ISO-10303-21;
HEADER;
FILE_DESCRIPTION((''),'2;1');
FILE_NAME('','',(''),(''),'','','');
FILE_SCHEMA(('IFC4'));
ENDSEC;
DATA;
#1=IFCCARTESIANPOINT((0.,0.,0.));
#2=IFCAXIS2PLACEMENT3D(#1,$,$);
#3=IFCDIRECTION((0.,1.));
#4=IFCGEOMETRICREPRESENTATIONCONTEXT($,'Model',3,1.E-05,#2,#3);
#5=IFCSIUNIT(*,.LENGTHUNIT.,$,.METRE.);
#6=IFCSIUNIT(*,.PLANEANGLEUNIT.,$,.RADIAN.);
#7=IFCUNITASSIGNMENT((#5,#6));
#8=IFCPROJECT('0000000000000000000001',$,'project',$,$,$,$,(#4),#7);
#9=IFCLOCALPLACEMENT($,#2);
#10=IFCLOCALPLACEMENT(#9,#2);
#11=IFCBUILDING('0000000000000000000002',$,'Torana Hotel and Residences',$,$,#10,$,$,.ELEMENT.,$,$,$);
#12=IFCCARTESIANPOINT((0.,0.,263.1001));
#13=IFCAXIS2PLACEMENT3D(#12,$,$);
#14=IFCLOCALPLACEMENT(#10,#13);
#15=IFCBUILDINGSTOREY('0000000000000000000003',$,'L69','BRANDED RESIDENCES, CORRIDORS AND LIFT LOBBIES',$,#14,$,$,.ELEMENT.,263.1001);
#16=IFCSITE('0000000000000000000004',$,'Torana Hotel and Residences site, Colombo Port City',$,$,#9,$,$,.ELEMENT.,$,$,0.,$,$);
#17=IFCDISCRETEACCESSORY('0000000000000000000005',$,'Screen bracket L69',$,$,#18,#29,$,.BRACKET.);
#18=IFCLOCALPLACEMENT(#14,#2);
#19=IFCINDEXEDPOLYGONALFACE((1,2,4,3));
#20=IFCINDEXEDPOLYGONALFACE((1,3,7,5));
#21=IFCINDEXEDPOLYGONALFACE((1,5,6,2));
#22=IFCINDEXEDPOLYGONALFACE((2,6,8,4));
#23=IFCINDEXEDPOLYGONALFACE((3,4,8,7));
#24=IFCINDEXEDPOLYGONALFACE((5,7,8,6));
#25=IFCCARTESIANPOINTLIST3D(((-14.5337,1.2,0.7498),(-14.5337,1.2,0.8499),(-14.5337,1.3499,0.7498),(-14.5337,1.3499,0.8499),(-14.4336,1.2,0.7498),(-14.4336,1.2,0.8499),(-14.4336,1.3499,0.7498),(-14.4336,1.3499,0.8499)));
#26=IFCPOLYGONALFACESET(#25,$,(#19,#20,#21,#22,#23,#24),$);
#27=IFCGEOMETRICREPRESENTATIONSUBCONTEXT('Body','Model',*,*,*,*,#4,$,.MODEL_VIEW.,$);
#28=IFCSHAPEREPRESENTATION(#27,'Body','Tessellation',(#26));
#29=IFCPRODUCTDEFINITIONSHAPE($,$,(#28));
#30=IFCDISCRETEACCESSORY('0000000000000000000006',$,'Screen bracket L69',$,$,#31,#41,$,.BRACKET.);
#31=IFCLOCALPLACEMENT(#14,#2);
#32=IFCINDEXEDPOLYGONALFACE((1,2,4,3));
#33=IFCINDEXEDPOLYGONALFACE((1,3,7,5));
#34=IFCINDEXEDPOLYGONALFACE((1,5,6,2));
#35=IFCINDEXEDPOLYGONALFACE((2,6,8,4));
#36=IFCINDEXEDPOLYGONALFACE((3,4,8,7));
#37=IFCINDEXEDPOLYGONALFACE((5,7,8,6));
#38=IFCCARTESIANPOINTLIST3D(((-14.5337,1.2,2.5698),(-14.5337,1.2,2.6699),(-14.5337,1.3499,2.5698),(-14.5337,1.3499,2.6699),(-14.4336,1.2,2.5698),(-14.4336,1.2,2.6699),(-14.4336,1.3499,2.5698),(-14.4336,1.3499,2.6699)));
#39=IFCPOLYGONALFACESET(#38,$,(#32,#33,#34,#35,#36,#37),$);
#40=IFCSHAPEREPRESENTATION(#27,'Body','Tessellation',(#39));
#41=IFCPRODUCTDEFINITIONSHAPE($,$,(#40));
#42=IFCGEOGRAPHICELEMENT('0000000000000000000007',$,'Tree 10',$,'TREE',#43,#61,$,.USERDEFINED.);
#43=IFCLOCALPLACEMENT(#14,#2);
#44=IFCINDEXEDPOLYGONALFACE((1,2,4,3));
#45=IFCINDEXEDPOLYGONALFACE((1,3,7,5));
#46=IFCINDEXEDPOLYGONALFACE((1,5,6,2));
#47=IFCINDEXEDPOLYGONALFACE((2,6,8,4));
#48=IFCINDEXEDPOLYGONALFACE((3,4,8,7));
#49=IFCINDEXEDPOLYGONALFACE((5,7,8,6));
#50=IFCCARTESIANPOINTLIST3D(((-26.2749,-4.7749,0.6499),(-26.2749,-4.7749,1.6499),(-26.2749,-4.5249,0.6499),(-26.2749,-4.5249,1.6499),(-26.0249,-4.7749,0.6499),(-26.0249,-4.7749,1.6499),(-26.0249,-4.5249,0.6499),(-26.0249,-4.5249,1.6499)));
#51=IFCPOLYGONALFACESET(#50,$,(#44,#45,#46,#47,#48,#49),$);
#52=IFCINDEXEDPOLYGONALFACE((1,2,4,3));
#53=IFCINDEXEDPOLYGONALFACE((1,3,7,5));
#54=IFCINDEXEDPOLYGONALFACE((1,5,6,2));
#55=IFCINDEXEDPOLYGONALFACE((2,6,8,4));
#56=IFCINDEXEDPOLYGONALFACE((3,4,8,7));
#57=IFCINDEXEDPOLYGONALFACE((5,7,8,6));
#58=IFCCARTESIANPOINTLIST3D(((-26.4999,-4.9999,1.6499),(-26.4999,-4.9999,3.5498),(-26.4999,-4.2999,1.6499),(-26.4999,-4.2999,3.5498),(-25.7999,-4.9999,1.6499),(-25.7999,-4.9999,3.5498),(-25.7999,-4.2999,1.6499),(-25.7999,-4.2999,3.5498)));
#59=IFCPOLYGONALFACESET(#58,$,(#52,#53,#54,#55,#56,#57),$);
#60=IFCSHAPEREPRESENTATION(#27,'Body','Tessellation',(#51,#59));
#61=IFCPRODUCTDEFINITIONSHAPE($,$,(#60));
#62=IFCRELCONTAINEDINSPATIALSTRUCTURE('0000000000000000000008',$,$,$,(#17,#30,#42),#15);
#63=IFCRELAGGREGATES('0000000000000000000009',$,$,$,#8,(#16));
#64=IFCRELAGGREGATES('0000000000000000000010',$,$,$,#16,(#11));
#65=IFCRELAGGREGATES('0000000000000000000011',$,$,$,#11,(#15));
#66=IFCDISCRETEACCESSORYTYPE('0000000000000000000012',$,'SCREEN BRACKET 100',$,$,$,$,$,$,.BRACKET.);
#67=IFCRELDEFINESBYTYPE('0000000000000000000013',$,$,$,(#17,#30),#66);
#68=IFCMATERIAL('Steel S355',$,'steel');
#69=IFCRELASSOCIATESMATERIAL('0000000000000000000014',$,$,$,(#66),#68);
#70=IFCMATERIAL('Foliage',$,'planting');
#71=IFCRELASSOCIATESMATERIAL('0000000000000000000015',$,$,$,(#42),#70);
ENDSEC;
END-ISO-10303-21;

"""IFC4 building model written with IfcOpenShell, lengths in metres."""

from ifc_helpers import new_model, si_unit, direction, frame, origin, origin_2d, place, context, subcontext, project, spatial, rectangle, extrude, material, type_object, element, save


model = new_model("IFC4")

# Units and contexts
model_context = context("Model", 3, precision=1e-05, world=origin(), true_north=direction((0.0, 1.0)))
body_context = subcontext(model_context, "Body", "Model", "MODEL_VIEW")
ifc_project = project(units=[si_unit("LENGTHUNIT", "METRE"), si_unit("PLANEANGLEUNIT", "RADIAN")], contexts=[model_context])

# Site, building, storey
site_placement = place(None, origin())
site = spatial("IfcSite", under=ifc_project, at=site_placement, Name="Torana Hotel and Residences site, Colombo Port City", CompositionType="ELEMENT", RefElevation=0.0)
building_placement = place(site_placement, origin())
building = spatial("IfcBuilding", under=site, at=building_placement, Name="Torana Hotel and Residences", CompositionType="ELEMENT")
storey_placement = place(building_placement, frame((0.0, 0.0, 263.1001)))
storey = spatial("IfcBuildingStorey", under=building, at=storey_placement, Name="L69", Description="BRANDED RESIDENCES, CORRIDORS AND LIFT LOBBIES", CompositionType="ELEMENT", Elevation=263.1001)

# Discrete accessories
ifc_material_1 = material(Name="Steel S355", Category="steel")
discrete_accessory_type = type_object("IfcDiscreteAccessoryType", Name="SCREEN BRACKET 100", PredefinedType="BRACKET", material=ifc_material_1)
for number, where, z_axis, x_axis, name in (
    (1, (-14.4836, 1.2749, 0.7498), (0.0, 0.0, 1.0), (-1.0, 0.0, 0.0), "Screen bracket L69"),
    (2, (-14.4836, 1.2749, 2.5698), (0.0, 0.0, 1.0), (-1.0, 0.0, 0.0), "Screen bracket L69"),
):
    element("IfcDiscreteAccessory", number, at=place(storey_placement, frame(where, z_axis=z_axis, x_axis=x_axis)), inside=storey, type_object=discrete_accessory_type, Name=name, PredefinedType="BRACKET", context=body_context, shape_type="SweptSolid", body=[
        extrude(rectangle(XDim=0.1001, YDim=0.1499, at=origin_2d()), origin(), (0.0, 0.0, 1.0), 0.1001),
    ])

# Geographic element
ifc_material_2 = material(Name="Foliage", Category="planting")
geographic_element_placement = place(storey_placement, frame((-26.1499, -4.6499, 0.6499), z_axis=(0.0, 0.0, 1.0), x_axis=(1.0, 0.0, 0.0)))
element("IfcGeographicElement", 3, at=geographic_element_placement, inside=storey, material=ifc_material_2, Name="Tree 10", ObjectType="TREE", PredefinedType="USERDEFINED", context=body_context, shape_type="SweptSolid", body=[
    extrude(rectangle(XDim=0.25, YDim=0.25, at=origin_2d()), origin(), (0.0, 0.0, 1.0), 1.0),
    extrude(rectangle(XDim=0.7, YDim=0.7, at=origin_2d()), frame((0.0, 0.0, 1.0)), (0.0, 0.0, 1.0), 1.8999),
])

save(model, "model.ifc")
